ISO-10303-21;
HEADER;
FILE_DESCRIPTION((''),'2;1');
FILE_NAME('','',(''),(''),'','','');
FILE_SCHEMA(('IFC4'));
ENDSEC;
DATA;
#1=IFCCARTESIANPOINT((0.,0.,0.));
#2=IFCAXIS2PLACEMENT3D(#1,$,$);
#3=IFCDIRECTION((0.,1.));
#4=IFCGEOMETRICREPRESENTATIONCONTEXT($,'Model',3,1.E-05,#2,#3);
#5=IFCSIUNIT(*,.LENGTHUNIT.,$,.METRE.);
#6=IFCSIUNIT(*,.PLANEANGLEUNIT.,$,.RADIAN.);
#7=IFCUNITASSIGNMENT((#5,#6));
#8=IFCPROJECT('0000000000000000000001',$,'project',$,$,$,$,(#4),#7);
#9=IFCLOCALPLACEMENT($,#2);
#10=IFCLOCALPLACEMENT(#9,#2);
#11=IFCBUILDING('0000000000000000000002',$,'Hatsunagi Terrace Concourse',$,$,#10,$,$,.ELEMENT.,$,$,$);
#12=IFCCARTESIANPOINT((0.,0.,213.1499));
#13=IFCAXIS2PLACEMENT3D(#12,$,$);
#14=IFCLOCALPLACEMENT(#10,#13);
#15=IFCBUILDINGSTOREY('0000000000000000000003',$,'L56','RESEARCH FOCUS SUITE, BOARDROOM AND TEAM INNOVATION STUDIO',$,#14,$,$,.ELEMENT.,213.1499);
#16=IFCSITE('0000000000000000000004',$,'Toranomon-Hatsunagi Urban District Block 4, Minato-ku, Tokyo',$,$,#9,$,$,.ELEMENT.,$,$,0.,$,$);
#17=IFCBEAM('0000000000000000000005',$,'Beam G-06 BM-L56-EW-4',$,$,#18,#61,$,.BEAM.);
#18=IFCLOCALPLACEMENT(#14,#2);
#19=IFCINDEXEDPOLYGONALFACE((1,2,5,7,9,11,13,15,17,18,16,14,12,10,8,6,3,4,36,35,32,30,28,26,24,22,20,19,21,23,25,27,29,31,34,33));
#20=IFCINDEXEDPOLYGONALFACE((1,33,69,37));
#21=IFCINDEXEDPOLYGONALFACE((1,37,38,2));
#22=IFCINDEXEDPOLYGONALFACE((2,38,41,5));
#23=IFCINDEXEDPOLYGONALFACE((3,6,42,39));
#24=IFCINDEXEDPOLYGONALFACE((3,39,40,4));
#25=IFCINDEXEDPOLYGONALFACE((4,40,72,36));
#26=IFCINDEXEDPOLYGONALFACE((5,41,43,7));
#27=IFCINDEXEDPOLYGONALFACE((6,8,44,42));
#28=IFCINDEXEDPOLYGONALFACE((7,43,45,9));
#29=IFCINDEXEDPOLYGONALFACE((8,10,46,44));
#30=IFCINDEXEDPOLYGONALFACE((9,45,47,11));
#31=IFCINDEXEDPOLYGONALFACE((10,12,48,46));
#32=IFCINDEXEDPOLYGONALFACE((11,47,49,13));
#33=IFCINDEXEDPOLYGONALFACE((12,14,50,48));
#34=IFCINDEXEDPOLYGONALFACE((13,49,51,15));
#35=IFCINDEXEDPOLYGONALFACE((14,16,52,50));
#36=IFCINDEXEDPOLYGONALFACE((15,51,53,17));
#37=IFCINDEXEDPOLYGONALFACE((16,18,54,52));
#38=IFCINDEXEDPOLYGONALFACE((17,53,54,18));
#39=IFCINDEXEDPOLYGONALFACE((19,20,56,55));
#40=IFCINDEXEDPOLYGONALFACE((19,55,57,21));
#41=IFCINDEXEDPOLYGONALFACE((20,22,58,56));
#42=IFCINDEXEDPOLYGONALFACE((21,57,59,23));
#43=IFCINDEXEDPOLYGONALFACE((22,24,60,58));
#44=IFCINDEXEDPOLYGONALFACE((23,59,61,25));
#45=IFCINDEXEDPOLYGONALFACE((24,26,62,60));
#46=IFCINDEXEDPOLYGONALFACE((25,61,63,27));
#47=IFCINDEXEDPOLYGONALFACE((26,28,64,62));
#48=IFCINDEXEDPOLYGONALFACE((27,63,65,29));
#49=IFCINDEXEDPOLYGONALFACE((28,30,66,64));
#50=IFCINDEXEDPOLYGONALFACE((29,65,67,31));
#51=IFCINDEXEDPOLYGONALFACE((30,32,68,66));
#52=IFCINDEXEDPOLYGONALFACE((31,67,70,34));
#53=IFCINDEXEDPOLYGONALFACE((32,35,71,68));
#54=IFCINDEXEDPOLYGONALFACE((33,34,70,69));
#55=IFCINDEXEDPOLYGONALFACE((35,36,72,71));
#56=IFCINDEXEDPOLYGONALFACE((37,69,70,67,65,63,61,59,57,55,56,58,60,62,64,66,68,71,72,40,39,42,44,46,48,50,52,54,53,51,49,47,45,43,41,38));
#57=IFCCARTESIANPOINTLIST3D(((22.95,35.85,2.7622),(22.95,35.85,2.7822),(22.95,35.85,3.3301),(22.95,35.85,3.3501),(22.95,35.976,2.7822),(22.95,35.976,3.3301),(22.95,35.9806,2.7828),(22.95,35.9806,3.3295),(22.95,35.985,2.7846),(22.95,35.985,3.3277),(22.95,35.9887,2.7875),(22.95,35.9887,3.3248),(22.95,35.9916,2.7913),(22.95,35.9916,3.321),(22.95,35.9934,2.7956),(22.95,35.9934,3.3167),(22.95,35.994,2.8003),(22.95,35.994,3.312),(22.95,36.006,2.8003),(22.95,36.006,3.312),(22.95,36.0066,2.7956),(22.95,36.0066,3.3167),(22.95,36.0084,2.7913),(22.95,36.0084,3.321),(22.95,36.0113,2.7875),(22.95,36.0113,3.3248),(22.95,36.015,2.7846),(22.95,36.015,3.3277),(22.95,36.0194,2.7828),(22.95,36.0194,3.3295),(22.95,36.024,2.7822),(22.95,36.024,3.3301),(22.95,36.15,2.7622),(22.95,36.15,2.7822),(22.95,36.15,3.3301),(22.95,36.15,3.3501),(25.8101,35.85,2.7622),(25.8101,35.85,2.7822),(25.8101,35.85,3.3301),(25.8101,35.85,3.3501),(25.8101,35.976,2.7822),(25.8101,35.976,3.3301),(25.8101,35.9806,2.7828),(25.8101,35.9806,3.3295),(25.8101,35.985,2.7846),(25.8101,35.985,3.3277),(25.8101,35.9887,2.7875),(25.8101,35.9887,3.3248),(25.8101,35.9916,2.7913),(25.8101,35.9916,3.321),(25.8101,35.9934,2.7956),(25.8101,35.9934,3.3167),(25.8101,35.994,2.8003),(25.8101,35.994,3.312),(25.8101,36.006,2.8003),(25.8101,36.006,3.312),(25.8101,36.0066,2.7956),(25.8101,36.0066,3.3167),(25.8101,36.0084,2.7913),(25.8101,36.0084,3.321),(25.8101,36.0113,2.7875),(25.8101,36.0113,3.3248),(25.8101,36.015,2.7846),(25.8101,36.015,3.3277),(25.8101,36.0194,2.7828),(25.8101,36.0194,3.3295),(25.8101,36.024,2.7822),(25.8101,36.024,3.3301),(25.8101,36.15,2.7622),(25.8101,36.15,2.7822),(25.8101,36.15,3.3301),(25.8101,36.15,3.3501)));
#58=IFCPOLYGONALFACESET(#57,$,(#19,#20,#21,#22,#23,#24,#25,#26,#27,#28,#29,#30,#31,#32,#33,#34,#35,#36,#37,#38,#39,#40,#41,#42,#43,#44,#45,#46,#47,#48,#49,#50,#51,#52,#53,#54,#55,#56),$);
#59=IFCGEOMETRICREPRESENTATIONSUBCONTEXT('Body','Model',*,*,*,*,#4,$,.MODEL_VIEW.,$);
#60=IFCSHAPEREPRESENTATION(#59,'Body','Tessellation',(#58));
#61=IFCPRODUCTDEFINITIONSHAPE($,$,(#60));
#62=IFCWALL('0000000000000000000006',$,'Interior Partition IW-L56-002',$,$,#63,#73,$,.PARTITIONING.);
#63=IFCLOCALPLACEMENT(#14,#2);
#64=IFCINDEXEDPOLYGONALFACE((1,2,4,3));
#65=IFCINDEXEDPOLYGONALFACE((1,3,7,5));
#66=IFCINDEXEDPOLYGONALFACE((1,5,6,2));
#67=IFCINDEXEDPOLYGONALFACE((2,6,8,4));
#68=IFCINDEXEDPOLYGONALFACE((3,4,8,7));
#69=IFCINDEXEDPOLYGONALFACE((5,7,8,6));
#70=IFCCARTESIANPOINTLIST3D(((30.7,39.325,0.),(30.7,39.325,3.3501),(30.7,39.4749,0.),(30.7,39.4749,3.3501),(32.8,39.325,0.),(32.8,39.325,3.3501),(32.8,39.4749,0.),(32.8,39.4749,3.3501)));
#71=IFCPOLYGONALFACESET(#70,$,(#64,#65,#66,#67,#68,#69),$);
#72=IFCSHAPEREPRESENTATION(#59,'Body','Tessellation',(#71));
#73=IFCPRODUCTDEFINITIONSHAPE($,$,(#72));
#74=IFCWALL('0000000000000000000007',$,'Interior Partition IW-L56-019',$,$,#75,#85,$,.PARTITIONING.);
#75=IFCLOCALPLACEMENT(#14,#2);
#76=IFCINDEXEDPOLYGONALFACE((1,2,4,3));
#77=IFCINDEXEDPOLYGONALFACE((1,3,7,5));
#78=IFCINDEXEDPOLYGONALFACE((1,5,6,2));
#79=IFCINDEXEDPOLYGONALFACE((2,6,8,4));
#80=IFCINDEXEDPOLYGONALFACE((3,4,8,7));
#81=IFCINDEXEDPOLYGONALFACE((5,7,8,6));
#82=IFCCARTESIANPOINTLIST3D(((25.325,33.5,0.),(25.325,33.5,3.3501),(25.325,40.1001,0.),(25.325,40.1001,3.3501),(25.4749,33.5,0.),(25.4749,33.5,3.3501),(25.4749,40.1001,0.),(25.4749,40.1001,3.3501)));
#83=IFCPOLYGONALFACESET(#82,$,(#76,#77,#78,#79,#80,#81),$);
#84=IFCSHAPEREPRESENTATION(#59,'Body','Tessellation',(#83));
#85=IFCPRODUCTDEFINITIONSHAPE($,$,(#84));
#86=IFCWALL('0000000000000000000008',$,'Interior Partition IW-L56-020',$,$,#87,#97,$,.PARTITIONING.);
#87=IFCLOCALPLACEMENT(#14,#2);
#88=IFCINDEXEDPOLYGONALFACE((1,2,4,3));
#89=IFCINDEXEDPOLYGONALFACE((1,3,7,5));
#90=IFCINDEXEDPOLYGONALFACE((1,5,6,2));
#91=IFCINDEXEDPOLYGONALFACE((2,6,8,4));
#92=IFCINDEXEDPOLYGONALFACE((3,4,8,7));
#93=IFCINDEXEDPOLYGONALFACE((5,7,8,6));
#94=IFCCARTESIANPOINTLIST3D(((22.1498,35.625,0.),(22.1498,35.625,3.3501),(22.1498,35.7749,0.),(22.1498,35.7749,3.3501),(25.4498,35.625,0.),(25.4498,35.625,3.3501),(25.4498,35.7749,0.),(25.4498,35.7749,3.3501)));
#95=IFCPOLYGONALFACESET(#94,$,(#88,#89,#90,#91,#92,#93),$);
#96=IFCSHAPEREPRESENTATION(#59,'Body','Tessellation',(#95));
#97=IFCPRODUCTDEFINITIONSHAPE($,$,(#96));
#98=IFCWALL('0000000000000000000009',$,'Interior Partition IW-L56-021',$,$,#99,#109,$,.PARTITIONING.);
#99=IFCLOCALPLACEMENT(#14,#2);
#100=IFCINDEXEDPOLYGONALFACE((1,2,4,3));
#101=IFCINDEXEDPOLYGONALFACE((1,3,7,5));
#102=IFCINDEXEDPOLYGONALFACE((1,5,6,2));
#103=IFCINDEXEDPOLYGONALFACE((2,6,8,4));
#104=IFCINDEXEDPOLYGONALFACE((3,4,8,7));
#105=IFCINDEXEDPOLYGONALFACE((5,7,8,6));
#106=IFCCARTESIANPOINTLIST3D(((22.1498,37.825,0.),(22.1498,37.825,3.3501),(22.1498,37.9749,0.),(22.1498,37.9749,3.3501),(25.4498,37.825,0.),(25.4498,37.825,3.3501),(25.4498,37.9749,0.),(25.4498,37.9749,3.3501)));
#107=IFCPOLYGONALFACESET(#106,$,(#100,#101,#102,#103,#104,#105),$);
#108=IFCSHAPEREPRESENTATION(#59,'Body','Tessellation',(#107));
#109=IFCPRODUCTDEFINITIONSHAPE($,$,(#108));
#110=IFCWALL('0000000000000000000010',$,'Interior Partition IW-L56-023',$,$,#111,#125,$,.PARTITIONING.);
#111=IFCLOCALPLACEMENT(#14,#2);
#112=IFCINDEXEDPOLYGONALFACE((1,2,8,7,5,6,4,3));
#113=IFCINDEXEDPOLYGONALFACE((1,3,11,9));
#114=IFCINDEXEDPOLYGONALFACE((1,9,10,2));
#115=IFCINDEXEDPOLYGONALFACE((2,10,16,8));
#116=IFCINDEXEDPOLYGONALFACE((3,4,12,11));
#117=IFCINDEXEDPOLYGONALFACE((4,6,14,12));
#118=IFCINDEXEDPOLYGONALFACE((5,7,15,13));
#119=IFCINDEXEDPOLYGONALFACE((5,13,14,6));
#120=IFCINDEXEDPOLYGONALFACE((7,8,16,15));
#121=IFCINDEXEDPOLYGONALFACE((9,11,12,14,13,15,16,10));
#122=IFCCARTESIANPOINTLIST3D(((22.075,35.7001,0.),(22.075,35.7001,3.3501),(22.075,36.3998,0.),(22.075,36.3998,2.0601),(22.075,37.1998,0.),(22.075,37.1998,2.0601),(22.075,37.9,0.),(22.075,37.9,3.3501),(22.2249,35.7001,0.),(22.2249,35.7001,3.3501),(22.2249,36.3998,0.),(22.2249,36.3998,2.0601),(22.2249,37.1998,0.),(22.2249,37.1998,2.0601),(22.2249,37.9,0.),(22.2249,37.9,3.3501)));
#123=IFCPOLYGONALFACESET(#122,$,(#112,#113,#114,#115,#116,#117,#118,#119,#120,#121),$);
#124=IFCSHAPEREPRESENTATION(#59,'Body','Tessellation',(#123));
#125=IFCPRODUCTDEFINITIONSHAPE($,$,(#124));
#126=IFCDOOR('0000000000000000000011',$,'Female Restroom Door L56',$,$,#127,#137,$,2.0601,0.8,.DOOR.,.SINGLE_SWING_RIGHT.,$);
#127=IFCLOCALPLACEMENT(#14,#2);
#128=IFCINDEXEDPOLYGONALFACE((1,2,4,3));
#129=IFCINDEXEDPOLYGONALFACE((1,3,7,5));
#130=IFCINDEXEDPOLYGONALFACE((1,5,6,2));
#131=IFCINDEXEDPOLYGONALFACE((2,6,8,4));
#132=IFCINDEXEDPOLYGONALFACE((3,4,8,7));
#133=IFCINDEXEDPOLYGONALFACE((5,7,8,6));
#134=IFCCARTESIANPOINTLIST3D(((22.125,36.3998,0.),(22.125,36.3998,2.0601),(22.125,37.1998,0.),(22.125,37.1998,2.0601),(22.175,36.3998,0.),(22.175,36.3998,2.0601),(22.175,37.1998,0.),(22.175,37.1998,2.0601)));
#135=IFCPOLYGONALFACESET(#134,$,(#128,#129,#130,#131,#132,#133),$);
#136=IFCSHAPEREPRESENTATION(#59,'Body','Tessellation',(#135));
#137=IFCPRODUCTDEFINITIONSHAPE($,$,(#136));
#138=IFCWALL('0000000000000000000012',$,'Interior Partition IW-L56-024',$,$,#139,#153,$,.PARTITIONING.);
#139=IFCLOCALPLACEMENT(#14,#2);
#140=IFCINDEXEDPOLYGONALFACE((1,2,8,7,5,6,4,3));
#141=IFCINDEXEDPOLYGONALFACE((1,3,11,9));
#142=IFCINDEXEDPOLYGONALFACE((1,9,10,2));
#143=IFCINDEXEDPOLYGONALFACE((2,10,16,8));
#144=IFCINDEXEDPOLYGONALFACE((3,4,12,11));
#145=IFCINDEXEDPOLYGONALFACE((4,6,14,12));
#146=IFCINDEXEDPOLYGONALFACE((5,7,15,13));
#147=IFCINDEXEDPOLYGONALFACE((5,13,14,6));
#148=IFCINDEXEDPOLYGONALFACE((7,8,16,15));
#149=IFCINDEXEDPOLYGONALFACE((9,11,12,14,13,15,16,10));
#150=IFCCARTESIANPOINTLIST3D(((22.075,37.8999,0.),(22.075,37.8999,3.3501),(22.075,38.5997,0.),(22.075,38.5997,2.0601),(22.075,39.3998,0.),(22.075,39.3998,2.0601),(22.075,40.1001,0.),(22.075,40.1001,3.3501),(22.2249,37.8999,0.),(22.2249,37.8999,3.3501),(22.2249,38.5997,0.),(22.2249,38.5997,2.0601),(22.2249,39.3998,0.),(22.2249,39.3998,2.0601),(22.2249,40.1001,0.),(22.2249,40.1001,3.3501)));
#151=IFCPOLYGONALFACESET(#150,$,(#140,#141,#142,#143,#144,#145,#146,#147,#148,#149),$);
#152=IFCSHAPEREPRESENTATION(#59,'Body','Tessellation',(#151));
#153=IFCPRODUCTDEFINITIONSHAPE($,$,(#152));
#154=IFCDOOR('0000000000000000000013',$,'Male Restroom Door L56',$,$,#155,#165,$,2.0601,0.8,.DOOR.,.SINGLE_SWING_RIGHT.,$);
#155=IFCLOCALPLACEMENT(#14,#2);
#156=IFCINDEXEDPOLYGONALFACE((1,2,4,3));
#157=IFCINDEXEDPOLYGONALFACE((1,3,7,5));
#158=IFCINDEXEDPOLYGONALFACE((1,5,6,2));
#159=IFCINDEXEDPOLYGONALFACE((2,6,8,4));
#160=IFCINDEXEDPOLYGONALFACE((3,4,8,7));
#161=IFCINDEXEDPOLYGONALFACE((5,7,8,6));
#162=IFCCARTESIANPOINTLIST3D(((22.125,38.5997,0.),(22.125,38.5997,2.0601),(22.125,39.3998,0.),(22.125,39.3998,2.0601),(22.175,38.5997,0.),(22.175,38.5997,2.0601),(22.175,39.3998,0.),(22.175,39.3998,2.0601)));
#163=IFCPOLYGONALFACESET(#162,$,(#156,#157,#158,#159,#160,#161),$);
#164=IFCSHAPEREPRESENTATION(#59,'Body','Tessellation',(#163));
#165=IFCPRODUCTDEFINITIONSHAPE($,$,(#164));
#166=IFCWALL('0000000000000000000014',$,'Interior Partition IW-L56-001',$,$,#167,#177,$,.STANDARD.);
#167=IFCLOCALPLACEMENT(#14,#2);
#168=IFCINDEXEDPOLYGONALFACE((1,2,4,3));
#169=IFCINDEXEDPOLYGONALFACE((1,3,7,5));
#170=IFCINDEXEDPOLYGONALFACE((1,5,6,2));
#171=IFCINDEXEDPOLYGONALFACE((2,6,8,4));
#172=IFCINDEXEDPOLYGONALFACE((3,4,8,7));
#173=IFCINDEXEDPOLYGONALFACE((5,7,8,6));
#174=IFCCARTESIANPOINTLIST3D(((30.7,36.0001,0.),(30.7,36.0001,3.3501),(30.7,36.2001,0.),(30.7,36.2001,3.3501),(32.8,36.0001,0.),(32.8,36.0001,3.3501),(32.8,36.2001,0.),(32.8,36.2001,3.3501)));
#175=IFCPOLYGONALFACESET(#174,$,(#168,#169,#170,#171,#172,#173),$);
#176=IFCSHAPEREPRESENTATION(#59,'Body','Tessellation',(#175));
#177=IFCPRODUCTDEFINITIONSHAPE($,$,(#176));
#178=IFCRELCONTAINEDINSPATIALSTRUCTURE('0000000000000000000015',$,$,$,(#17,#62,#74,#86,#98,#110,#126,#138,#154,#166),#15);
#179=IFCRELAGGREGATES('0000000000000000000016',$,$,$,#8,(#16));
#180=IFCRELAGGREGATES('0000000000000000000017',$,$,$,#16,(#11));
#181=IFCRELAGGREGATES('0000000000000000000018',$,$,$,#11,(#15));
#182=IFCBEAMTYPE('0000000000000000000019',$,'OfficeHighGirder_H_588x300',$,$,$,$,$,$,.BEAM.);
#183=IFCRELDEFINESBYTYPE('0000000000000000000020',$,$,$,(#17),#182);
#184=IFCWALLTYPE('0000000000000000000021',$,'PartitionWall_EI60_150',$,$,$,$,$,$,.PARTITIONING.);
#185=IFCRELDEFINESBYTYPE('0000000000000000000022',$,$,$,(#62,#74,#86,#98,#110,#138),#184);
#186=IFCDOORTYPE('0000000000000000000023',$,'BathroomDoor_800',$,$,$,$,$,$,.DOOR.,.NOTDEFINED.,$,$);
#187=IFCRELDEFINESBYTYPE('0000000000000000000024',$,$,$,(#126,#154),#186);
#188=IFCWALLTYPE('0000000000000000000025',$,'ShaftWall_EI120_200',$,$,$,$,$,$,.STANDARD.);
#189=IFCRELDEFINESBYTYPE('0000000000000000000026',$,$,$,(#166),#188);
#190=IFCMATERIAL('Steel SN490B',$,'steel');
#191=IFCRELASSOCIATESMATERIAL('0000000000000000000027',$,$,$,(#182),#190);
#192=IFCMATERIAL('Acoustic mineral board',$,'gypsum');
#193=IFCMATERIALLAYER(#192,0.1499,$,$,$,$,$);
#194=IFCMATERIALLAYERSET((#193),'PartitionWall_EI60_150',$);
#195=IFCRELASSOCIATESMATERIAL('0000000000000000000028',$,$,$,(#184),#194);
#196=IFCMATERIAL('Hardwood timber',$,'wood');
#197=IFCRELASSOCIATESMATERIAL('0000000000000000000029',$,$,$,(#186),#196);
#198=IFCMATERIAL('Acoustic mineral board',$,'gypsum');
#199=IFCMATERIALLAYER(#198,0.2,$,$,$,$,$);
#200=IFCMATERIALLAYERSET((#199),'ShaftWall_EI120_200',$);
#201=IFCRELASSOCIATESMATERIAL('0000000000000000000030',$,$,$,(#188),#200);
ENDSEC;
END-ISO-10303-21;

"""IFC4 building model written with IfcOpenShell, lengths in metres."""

from ifc_helpers import new_model, si_unit, direction, frame, frame_2d, origin, origin_2d, place, context, subcontext, project, spatial, rectangle, i_section, extrude, material, layer, layer_set, material_profile, profile_set, type_object, element, fill, save


model = new_model("IFC4")

# Units and contexts
model_context = context("Model", 3, precision=1e-05, world=origin(), true_north=direction((0.0, 1.0)))
body_context = subcontext(model_context, "Body", "Model", "MODEL_VIEW")
ifc_project = project(units=[si_unit("LENGTHUNIT", "METRE"), si_unit("PLANEANGLEUNIT", "RADIAN")], contexts=[model_context])

# Site, building, storey
site_placement = place(None, origin())
site = spatial("IfcSite", under=ifc_project, at=site_placement, Name="Toranomon-Hatsunagi Urban District Block 4, Minato-ku, Tokyo", CompositionType="ELEMENT", RefElevation=0.0)
building_placement = place(site_placement, origin())
building = spatial("IfcBuilding", under=site, at=building_placement, Name="Hatsunagi Terrace Concourse", CompositionType="ELEMENT")
storey_placement = place(building_placement, frame((0.0, 0.0, 213.1499)))
storey = spatial("IfcBuildingStorey", under=building, at=storey_placement, Name="L56", Description="RESEARCH FOCUS SUITE, BOARDROOM AND TEAM INNOVATION STUDIO", CompositionType="ELEMENT", Elevation=213.1499)

# Beam
ifc_material_1 = material(Name="Steel SN490B", Category="steel")
ifc_material_profile = material_profile(ifc_material_1, i_section(OverallWidth=0.3, OverallDepth=0.5879, WebThickness=0.012, FlangeThickness=0.02, FilletRadius=0.0181, at=origin_2d()), Name="H-588x300x12x20")
ifc_profile_set = profile_set([ifc_material_profile], Name="Steel SN490B")
beam_type = type_object("IfcBeamType", Name="OfficeHighGirder_H_588x300", PredefinedType="BEAM", material=ifc_profile_set)
beam_placement = place(storey_placement, frame((22.95, 36.0, 3.0562), z_axis=(1.0, 0.0, 0.0), x_axis=(0.0, 1.0, 0.0)))
element("IfcBeam", 1, at=beam_placement, inside=storey, type_object=beam_type, Name="Beam G-06 BM-L56-EW-4", PredefinedType="BEAM", context=body_context, shape_type="SweptSolid", body=[
    extrude(i_section(OverallWidth=0.3, OverallDepth=0.5879, WebThickness=0.012, FlangeThickness=0.02, FilletRadius=0.0181, at=origin_2d()), origin(), (0.0, 0.0, 1.0), 2.8601),
])

# Walls
ifc_material_2 = material(Name="Acoustic mineral board", Category="gypsum")
ifc_layer_1 = layer(ifc_material_2, 0.1499)
ifc_layer_set_1 = layer_set([ifc_layer_1], Name="PartitionWall_EI60_150")
wall_type_1 = type_object("IfcWallType", Name="PartitionWall_EI60_150", PredefinedType="PARTITIONING", material=ifc_layer_set_1)
wall_1_placement = place(storey_placement, frame((30.7, 39.3999, 0.0), z_axis=(0.0, 0.0, 1.0), x_axis=(1.0, 0.0, 0.0)))
element("IfcWall", 2, at=wall_1_placement, inside=storey, type_object=wall_type_1, Name="Interior Partition IW-L56-002", PredefinedType="PARTITIONING", context=body_context, shape_type="SweptSolid", body=[
    extrude(rectangle(XDim=2.1001, YDim=0.1499, at=frame_2d((1.05, 0.0))), origin(), (0.0, 0.0, 1.0), 3.3501),
])
wall_2_placement = place(storey_placement, frame((25.3999, 33.5, 0.0), z_axis=(0.0, 0.0, 1.0), x_axis=(0.0, 1.0, 0.0)))
element("IfcWall", 3, at=wall_2_placement, inside=storey, type_object=wall_type_1, Name="Interior Partition IW-L56-019", PredefinedType="PARTITIONING", context=body_context, shape_type="SweptSolid", body=[
    extrude(rectangle(XDim=6.6001, YDim=0.1499, at=frame_2d((3.3, 0.0))), origin(), (0.0, 0.0, 1.0), 3.3501),
])
for number, where, z_axis, x_axis, name in (
    (4, (22.1499, 35.7, 0.0), (0.0, 0.0, 1.0), (1.0, 0.0, 0.0), "Interior Partition IW-L56-020"),
    (5, (22.1499, 37.8999, 0.0), (0.0, 0.0, 1.0), (1.0, 0.0, 0.0), "Interior Partition IW-L56-021"),
):
    element("IfcWall", number, at=place(storey_placement, frame(where, z_axis=z_axis, x_axis=x_axis)), inside=storey, type_object=wall_type_1, Name=name, PredefinedType="PARTITIONING", context=body_context, shape_type="SweptSolid", body=[
        extrude(rectangle(XDim=3.3, YDim=0.1499, at=frame_2d((1.6499, 0.0))), origin(), (0.0, 0.0, 1.0), 3.3501),
    ])

# Walls, openings, doors
wall_3_placement = place(storey_placement, frame((22.1499, 35.7, 0.0), z_axis=(0.0, 0.0, 1.0), x_axis=(0.0, 1.0, 0.0)))
wall_3 = element("IfcWall", 6, at=wall_3_placement, inside=storey, type_object=wall_type_1, Name="Interior Partition IW-L56-023", PredefinedType="PARTITIONING", context=body_context, shape_type="SweptSolid", body=[
    extrude(rectangle(XDim=2.2, YDim=0.1499, at=frame_2d((1.1001, 0.0))), origin(), (0.0, 0.0, 1.0), 3.3501),
])
opening_1_placement = place(wall_3_placement, frame((0.7, 0.0, 0.0)))
opening_1 = element("IfcOpeningElement", 7, at=opening_1_placement, cuts=wall_3, PredefinedType="OPENING", context=body_context, shape_type="SweptSolid", body=[
    extrude(rectangle(XDim=0.8, YDim=2.0601, at=frame_2d((0.3999, 1.03))), frame((0.0, 0.085, 0.0), z_axis=(0.0, -1.0, 0.0), x_axis=(1.0, 0.0, 0.0)), (0.0, 0.0, 1.0), 0.1699),
])
ifc_material_3 = material(Name="Hardwood timber", Category="wood")
door_type = type_object("IfcDoorType", Name="BathroomDoor_800", OperationType="NOTDEFINED", PredefinedType="DOOR", material=ifc_material_3)
door_1_placement = place(opening_1_placement, origin())
door_1 = element("IfcDoor", 8, at=door_1_placement, inside=storey, type_object=door_type, Name="Female Restroom Door L56", OperationType="SINGLE_SWING_RIGHT", OverallHeight=2.0601, OverallWidth=0.8, PredefinedType="DOOR", context=body_context, shape_type="SweptSolid", body=[
    extrude(rectangle(XDim=0.8, YDim=2.0601, at=frame_2d((0.3999, 1.03))), frame((0.0, 0.0249, 0.0), z_axis=(0.0, -1.0, 0.0), x_axis=(1.0, 0.0, 0.0)), (0.0, 0.0, 1.0), 0.05),
])
fill(opening_1, door_1)
wall_4_placement = place(storey_placement, frame((22.1499, 37.8999, 0.0), z_axis=(0.0, 0.0, 1.0), x_axis=(0.0, 1.0, 0.0)))
wall_4 = element("IfcWall", 9, at=wall_4_placement, inside=storey, type_object=wall_type_1, Name="Interior Partition IW-L56-024", PredefinedType="PARTITIONING", context=body_context, shape_type="SweptSolid", body=[
    extrude(rectangle(XDim=2.2002, YDim=0.1499, at=frame_2d((1.1001, 0.0))), origin(), (0.0, 0.0, 1.0), 3.3501),
])
opening_2_placement = place(wall_4_placement, frame((0.7, 0.0, 0.0)))
opening_2 = element("IfcOpeningElement", 10, at=opening_2_placement, cuts=wall_4, PredefinedType="OPENING", context=body_context, shape_type="SweptSolid", body=[
    extrude(rectangle(XDim=0.8, YDim=2.0601, at=frame_2d((0.3999, 1.03))), frame((0.0, 0.085, 0.0), z_axis=(0.0, -1.0, 0.0), x_axis=(1.0, 0.0, 0.0)), (0.0, 0.0, 1.0), 0.1699),
])
door_2_placement = place(opening_2_placement, origin())
door_2 = element("IfcDoor", 11, at=door_2_placement, inside=storey, type_object=door_type, Name="Male Restroom Door L56", OperationType="SINGLE_SWING_RIGHT", OverallHeight=2.0601, OverallWidth=0.8, PredefinedType="DOOR", context=body_context, shape_type="SweptSolid", body=[
    extrude(rectangle(XDim=0.8, YDim=2.0601, at=frame_2d((0.3999, 1.03))), frame((0.0, 0.0249, 0.0), z_axis=(0.0, -1.0, 0.0), x_axis=(1.0, 0.0, 0.0)), (0.0, 0.0, 1.0), 0.05),
])
fill(opening_2, door_2)

# Wall
ifc_material_4 = material(Name="Acoustic mineral board", Category="gypsum")
ifc_layer_2 = layer(ifc_material_4, 0.2)
ifc_layer_set_2 = layer_set([ifc_layer_2], Name="ShaftWall_EI120_200")
wall_type_2 = type_object("IfcWallType", Name="ShaftWall_EI120_200", PredefinedType="STANDARD", material=ifc_layer_set_2)
wall_5_placement = place(storey_placement, frame((30.7, 36.1001, 0.0), z_axis=(0.0, 0.0, 1.0), x_axis=(1.0, 0.0, 0.0)))
element("IfcWall", 12, at=wall_5_placement, inside=storey, type_object=wall_type_2, Name="Interior Partition IW-L56-001", PredefinedType="STANDARD", context=body_context, shape_type="SweptSolid", body=[
    extrude(rectangle(XDim=2.1001, YDim=0.2, at=frame_2d((1.05, 0.0))), origin(), (0.0, 0.0, 1.0), 3.3501),
])

save(model, "model.ifc")
